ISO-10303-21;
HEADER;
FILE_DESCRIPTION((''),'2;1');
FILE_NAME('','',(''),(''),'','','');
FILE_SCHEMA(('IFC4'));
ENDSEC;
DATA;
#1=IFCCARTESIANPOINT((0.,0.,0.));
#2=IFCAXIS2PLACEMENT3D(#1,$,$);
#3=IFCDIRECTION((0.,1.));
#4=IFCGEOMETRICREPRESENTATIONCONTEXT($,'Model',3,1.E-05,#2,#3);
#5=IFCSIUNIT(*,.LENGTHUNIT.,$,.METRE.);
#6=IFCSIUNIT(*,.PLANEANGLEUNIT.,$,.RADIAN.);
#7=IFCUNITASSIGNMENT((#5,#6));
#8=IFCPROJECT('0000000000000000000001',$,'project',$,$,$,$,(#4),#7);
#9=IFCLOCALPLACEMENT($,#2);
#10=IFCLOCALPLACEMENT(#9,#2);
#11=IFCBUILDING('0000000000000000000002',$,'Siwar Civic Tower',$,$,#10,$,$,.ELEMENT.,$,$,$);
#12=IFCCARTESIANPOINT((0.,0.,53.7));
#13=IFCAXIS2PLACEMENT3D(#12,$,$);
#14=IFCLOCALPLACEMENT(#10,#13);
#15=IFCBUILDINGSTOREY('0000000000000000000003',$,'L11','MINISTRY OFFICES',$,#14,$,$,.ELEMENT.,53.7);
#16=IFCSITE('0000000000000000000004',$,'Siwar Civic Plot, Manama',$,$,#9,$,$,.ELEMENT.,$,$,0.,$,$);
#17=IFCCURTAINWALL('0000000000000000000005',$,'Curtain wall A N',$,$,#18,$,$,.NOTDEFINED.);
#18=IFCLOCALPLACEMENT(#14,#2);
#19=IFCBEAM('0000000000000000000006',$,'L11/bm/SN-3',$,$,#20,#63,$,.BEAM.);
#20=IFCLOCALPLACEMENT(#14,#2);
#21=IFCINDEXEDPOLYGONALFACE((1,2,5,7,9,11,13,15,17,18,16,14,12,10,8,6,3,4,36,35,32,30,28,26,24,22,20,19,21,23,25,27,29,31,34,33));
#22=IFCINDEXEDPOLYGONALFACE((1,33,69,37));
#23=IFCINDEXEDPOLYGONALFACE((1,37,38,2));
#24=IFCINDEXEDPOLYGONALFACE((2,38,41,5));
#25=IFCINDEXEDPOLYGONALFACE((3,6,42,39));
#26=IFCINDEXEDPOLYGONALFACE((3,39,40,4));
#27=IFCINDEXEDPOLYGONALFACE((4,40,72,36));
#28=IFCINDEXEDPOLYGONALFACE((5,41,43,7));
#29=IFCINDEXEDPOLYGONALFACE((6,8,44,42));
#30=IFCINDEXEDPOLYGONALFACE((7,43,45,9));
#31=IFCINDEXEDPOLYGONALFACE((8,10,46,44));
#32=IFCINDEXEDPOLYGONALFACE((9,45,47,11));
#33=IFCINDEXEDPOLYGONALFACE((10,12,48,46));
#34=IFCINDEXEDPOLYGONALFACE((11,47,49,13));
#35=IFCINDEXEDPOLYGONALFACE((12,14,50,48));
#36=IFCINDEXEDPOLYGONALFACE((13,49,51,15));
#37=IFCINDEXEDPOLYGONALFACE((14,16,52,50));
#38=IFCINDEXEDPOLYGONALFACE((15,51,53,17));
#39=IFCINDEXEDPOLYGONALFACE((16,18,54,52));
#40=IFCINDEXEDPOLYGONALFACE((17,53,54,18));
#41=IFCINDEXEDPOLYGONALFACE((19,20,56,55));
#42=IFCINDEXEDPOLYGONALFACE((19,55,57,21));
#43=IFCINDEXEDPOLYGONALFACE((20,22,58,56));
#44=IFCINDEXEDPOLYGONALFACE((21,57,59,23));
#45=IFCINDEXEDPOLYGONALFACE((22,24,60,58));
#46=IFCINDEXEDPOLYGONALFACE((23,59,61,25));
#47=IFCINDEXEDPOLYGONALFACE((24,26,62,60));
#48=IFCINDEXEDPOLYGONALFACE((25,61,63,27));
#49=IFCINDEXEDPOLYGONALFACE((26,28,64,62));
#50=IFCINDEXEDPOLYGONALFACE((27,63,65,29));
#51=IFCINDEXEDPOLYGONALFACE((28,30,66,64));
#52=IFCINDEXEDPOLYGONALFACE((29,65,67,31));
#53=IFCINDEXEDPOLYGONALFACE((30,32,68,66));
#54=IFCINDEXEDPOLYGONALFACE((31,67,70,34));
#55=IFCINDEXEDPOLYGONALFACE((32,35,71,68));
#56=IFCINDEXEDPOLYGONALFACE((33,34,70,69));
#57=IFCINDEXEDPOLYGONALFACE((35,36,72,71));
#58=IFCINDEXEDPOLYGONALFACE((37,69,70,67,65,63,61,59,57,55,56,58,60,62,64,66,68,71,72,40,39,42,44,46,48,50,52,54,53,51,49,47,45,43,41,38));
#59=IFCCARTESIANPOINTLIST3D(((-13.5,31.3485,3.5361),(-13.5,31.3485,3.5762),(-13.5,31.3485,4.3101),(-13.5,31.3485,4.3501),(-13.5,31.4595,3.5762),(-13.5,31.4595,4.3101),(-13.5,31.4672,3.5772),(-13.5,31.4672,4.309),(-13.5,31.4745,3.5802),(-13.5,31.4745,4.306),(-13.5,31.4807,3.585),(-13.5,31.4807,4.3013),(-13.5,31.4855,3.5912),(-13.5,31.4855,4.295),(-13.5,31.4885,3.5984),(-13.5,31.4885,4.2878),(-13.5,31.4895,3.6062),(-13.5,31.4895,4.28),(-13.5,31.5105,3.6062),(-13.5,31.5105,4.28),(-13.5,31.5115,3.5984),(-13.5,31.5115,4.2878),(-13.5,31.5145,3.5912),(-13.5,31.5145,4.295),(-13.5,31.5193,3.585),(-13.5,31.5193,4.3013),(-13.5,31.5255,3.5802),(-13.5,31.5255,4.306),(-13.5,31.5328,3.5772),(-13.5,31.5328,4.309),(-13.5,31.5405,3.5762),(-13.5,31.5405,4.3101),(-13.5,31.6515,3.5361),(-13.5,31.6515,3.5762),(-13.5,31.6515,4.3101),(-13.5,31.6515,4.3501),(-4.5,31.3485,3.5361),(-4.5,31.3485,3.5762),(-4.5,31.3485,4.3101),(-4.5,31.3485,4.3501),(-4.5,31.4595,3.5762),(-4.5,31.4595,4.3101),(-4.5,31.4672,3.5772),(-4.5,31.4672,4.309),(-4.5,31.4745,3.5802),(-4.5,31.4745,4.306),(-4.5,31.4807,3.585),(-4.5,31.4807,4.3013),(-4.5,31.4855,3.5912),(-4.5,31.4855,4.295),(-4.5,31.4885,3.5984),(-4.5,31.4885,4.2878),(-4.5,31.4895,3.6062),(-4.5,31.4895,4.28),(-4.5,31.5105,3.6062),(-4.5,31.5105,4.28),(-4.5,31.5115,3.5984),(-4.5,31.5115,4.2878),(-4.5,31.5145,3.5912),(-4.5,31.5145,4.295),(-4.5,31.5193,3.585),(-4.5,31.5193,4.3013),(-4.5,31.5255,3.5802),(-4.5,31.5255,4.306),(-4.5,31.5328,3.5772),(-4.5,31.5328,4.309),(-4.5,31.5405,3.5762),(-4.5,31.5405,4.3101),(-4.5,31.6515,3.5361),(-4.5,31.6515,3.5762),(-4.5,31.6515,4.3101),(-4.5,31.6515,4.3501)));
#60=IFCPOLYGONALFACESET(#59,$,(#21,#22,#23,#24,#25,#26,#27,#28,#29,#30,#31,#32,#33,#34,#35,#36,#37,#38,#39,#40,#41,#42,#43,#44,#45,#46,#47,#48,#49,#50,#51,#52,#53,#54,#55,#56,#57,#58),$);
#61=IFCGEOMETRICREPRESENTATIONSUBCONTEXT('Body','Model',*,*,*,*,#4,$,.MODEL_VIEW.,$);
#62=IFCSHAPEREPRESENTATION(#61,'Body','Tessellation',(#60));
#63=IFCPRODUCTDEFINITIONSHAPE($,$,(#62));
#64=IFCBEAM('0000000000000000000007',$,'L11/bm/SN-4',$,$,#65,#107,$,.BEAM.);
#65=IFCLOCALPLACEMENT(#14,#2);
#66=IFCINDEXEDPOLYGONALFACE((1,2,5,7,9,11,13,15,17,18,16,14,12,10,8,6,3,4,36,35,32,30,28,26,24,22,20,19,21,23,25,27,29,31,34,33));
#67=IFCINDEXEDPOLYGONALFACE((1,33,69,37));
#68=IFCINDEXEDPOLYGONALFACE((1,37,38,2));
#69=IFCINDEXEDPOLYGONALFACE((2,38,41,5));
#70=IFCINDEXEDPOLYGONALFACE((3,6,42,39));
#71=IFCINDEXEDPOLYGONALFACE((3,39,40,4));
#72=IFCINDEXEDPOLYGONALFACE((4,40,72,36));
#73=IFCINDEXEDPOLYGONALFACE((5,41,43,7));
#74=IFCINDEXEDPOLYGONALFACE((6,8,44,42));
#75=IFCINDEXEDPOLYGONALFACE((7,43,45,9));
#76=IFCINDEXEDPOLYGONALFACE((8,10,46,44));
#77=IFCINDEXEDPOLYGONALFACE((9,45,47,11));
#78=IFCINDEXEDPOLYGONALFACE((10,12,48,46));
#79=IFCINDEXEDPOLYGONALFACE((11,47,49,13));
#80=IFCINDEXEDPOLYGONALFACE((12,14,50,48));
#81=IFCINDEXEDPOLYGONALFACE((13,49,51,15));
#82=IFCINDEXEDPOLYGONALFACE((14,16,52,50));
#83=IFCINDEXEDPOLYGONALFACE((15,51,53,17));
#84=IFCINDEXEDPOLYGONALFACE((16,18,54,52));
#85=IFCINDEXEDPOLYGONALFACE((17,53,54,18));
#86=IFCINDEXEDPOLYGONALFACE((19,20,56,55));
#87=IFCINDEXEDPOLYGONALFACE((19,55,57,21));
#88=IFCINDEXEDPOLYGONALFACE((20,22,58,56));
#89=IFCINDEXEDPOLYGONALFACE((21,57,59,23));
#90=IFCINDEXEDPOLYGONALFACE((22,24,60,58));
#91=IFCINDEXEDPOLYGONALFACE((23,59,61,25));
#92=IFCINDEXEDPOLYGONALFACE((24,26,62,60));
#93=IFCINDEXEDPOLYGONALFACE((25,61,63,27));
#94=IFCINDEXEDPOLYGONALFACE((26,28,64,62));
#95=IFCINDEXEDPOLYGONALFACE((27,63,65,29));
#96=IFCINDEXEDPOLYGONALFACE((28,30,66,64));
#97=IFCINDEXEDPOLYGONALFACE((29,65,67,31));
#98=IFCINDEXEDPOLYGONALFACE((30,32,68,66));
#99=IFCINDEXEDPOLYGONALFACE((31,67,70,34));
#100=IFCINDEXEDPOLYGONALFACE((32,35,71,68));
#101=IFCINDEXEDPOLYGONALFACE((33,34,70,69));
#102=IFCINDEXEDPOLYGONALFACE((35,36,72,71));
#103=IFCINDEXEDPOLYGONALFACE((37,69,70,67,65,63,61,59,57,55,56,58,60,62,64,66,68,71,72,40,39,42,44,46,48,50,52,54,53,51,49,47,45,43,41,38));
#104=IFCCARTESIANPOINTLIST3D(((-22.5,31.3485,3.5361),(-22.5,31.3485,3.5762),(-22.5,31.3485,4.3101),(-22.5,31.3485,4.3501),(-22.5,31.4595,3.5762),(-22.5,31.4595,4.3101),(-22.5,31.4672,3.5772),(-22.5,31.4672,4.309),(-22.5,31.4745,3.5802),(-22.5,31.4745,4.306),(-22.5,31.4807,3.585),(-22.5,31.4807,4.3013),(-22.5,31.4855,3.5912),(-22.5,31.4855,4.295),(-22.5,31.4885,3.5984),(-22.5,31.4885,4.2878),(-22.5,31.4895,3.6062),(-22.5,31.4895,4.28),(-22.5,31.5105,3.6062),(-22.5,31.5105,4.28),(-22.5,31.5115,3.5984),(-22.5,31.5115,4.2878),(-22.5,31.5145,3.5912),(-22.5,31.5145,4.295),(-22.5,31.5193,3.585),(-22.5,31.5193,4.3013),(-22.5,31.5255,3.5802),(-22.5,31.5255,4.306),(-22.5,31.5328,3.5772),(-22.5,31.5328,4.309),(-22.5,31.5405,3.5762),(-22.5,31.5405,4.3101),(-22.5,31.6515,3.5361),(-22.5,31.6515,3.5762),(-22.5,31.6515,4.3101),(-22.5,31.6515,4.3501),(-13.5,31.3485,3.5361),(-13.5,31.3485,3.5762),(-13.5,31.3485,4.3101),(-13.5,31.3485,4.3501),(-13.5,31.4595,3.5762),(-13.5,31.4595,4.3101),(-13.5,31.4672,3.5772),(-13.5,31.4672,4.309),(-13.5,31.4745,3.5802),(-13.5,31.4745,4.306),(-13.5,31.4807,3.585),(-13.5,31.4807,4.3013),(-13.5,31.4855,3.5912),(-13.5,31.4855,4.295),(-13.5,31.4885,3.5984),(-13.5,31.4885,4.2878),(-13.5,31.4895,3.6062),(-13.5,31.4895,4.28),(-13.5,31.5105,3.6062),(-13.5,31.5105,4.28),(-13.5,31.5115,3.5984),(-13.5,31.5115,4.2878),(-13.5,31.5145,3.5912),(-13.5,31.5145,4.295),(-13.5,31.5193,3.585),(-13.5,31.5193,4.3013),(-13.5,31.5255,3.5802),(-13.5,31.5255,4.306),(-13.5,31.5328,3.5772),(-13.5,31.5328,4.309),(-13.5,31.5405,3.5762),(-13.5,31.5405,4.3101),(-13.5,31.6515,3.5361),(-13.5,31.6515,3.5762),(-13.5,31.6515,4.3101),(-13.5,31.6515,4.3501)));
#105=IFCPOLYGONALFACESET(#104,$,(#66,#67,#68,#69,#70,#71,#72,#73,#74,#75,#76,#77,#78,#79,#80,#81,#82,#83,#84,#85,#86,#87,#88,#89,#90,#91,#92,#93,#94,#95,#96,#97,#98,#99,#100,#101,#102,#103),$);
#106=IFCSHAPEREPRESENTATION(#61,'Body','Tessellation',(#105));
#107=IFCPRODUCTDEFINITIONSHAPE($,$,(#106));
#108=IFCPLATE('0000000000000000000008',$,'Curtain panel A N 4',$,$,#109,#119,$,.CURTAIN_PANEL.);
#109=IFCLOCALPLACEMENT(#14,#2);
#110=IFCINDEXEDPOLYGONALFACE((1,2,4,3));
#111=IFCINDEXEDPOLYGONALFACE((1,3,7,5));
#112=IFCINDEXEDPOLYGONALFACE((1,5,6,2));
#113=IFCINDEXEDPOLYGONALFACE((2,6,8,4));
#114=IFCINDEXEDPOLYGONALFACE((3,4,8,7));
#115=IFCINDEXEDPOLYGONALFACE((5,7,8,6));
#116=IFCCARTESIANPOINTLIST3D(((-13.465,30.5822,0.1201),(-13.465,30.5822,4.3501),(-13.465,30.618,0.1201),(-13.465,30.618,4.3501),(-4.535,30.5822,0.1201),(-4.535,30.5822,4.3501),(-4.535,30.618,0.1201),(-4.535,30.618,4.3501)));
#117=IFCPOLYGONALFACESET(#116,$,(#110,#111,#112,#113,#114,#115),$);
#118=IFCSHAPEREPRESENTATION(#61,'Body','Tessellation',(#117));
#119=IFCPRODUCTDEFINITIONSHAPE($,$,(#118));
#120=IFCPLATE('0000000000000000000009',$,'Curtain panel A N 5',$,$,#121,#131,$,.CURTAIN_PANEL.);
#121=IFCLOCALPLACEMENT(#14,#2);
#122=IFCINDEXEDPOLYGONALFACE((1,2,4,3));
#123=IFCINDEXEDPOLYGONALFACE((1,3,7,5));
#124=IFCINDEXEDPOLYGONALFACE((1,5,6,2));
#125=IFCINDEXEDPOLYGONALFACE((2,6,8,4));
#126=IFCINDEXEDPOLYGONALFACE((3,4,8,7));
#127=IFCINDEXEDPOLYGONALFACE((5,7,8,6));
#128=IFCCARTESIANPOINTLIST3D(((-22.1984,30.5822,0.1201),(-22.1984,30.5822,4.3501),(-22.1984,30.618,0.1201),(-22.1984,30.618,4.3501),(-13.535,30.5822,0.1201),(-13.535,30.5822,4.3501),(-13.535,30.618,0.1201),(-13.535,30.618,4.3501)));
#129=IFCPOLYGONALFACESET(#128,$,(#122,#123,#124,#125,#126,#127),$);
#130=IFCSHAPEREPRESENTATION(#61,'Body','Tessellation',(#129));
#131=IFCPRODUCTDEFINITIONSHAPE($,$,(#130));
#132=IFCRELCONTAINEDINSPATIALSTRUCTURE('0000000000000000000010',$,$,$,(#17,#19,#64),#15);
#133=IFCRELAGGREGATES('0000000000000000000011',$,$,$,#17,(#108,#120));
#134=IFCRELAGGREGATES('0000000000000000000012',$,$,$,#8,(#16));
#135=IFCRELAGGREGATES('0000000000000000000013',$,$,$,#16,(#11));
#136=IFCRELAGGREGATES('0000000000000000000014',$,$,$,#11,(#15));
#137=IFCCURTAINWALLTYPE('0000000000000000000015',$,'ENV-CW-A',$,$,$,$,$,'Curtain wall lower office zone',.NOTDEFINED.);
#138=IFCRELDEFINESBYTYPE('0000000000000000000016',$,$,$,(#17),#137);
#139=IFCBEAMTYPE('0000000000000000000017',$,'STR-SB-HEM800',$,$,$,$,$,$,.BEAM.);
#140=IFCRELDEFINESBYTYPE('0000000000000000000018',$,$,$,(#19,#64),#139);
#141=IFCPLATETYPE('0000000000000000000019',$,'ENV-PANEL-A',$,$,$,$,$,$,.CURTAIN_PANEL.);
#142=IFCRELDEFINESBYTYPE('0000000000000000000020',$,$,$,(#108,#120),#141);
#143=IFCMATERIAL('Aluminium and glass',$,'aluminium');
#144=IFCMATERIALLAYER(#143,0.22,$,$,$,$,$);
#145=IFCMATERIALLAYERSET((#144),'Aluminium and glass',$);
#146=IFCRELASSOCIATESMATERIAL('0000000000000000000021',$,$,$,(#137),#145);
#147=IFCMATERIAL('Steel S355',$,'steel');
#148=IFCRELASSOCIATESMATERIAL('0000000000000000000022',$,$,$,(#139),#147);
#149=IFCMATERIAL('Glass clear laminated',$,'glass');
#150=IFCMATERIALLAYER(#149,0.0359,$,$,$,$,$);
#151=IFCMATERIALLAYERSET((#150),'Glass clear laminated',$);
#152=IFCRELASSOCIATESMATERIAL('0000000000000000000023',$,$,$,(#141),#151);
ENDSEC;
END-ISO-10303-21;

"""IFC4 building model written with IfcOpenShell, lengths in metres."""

from ifc_helpers import new_model, si_unit, direction, frame, origin, origin_2d, place, context, subcontext, project, spatial, rectangle, i_section, extrude, material, layer, layer_set, material_profile, profile_set, type_object, element, aggregate, save


model = new_model("IFC4")

# Units and contexts
model_context = context("Model", 3, precision=1e-05, world=origin(), true_north=direction((0.0, 1.0)))
body_context = subcontext(model_context, "Body", "Model", "MODEL_VIEW")
ifc_project = project(units=[si_unit("LENGTHUNIT", "METRE"), si_unit("PLANEANGLEUNIT", "RADIAN")], contexts=[model_context])

# Site, building, storey
site_placement = place(None, origin())
site = spatial("IfcSite", under=ifc_project, at=site_placement, Name="Siwar Civic Plot, Manama", CompositionType="ELEMENT", RefElevation=0.0)
building_placement = place(site_placement, origin())
building = spatial("IfcBuilding", under=site, at=building_placement, Name="Siwar Civic Tower", CompositionType="ELEMENT")
storey_placement = place(building_placement, frame((0.0, 0.0, 53.7)))
storey = spatial("IfcBuildingStorey", under=building, at=storey_placement, Name="L11", Description="MINISTRY OFFICES", CompositionType="ELEMENT", Elevation=53.7)

# Curtain wall
ifc_material_1 = material(Name="Aluminium and glass", Category="aluminium")
ifc_layer_1 = layer(ifc_material_1, 0.22)
ifc_layer_set_1 = layer_set([ifc_layer_1], Name="Aluminium and glass")
curtain_wall_type_1 = type_object("IfcCurtainWallType", Name="ENV-CW-A", ElementType="Curtain wall lower office zone", PredefinedType="NOTDEFINED", material=ifc_layer_set_1)
curtain_wall_1_placement = place(storey_placement, origin())
curtain_wall_1 = element("IfcCurtainWall", 1, at=curtain_wall_1_placement, inside=storey, type_object=curtain_wall_type_1, Name="Curtain wall A N", PredefinedType="NOTDEFINED")

# Beams
ifc_material_2 = material(Name="Steel S355", Category="steel")
ifc_material_profile_1 = material_profile(ifc_material_2, i_section(OverallWidth=0.303, OverallDepth=0.814, WebThickness=0.021, FlangeThickness=0.04, FilletRadius=0.03, at=origin_2d()), Name="HEM800")
ifc_profile_set_1 = profile_set([ifc_material_profile_1], Name="Steel S355")
beam_type_1 = type_object("IfcBeamType", Name="STR-SB-HEM800", PredefinedType="BEAM", material=ifc_profile_set_1)
for number, where, z_axis, x_axis, name in (
    (2, (-4.5, 31.5, 3.9431), (-1.0, 0.0, 0.0), (0.0, -1.0, 0.0), "L11/bm/SN-3"),
    (3, (-13.5, 31.5, 3.9431), (-1.0, 0.0, 0.0), (0.0, -1.0, 0.0), "L11/bm/SN-4"),
):
    element("IfcBeam", number, at=place(storey_placement, frame(where, z_axis=z_axis, x_axis=x_axis)), inside=storey, type_object=beam_type_1, Name=name, PredefinedType="BEAM", context=body_context, shape_type="SweptSolid", body=[
        extrude(i_section(OverallWidth=0.303, OverallDepth=0.814, WebThickness=0.021, FlangeThickness=0.04, FilletRadius=0.03, at=origin_2d()), origin(), (0.0, 0.0, 1.0), 9.0),
    ])

# Plates
ifc_material_3 = material(Name="Glass clear laminated", Category="glass")
ifc_layer_2 = layer(ifc_material_3, 0.0359)
ifc_layer_set_2 = layer_set([ifc_layer_2], Name="Glass clear laminated")
plate_type = type_object("IfcPlateType", Name="ENV-PANEL-A", PredefinedType="CURTAIN_PANEL", material=ifc_layer_set_2)
plate_1_placement = place(storey_placement, frame((-9.0, 30.6001, 0.1201), z_axis=(0.0, 0.0, 1.0), x_axis=(-1.0, 0.0, 0.0)))
plate_1 = element("IfcPlate", 4, at=plate_1_placement, type_object=plate_type, Name="Curtain panel A N 4", PredefinedType="CURTAIN_PANEL", context=body_context, shape_type="SweptSolid", body=[
    extrude(rectangle(XDim=8.9299, YDim=0.0359, at=origin_2d()), origin(), (0.0, 0.0, 1.0), 4.23),
])
plate_2_placement = place(storey_placement, frame((-17.8667, 30.6001, 0.1201), z_axis=(0.0, 0.0, 1.0), x_axis=(-1.0, 0.0, 0.0)))
plate_2 = element("IfcPlate", 5, at=plate_2_placement, type_object=plate_type, Name="Curtain panel A N 5", PredefinedType="CURTAIN_PANEL", context=body_context, shape_type="SweptSolid", body=[
    extrude(rectangle(XDim=8.6633, YDim=0.0359, at=origin_2d()), origin(), (0.0, 0.0, 1.0), 4.23),
])
aggregate(curtain_wall_1, [plate_1, plate_2])

save(model, "model.ifc")
